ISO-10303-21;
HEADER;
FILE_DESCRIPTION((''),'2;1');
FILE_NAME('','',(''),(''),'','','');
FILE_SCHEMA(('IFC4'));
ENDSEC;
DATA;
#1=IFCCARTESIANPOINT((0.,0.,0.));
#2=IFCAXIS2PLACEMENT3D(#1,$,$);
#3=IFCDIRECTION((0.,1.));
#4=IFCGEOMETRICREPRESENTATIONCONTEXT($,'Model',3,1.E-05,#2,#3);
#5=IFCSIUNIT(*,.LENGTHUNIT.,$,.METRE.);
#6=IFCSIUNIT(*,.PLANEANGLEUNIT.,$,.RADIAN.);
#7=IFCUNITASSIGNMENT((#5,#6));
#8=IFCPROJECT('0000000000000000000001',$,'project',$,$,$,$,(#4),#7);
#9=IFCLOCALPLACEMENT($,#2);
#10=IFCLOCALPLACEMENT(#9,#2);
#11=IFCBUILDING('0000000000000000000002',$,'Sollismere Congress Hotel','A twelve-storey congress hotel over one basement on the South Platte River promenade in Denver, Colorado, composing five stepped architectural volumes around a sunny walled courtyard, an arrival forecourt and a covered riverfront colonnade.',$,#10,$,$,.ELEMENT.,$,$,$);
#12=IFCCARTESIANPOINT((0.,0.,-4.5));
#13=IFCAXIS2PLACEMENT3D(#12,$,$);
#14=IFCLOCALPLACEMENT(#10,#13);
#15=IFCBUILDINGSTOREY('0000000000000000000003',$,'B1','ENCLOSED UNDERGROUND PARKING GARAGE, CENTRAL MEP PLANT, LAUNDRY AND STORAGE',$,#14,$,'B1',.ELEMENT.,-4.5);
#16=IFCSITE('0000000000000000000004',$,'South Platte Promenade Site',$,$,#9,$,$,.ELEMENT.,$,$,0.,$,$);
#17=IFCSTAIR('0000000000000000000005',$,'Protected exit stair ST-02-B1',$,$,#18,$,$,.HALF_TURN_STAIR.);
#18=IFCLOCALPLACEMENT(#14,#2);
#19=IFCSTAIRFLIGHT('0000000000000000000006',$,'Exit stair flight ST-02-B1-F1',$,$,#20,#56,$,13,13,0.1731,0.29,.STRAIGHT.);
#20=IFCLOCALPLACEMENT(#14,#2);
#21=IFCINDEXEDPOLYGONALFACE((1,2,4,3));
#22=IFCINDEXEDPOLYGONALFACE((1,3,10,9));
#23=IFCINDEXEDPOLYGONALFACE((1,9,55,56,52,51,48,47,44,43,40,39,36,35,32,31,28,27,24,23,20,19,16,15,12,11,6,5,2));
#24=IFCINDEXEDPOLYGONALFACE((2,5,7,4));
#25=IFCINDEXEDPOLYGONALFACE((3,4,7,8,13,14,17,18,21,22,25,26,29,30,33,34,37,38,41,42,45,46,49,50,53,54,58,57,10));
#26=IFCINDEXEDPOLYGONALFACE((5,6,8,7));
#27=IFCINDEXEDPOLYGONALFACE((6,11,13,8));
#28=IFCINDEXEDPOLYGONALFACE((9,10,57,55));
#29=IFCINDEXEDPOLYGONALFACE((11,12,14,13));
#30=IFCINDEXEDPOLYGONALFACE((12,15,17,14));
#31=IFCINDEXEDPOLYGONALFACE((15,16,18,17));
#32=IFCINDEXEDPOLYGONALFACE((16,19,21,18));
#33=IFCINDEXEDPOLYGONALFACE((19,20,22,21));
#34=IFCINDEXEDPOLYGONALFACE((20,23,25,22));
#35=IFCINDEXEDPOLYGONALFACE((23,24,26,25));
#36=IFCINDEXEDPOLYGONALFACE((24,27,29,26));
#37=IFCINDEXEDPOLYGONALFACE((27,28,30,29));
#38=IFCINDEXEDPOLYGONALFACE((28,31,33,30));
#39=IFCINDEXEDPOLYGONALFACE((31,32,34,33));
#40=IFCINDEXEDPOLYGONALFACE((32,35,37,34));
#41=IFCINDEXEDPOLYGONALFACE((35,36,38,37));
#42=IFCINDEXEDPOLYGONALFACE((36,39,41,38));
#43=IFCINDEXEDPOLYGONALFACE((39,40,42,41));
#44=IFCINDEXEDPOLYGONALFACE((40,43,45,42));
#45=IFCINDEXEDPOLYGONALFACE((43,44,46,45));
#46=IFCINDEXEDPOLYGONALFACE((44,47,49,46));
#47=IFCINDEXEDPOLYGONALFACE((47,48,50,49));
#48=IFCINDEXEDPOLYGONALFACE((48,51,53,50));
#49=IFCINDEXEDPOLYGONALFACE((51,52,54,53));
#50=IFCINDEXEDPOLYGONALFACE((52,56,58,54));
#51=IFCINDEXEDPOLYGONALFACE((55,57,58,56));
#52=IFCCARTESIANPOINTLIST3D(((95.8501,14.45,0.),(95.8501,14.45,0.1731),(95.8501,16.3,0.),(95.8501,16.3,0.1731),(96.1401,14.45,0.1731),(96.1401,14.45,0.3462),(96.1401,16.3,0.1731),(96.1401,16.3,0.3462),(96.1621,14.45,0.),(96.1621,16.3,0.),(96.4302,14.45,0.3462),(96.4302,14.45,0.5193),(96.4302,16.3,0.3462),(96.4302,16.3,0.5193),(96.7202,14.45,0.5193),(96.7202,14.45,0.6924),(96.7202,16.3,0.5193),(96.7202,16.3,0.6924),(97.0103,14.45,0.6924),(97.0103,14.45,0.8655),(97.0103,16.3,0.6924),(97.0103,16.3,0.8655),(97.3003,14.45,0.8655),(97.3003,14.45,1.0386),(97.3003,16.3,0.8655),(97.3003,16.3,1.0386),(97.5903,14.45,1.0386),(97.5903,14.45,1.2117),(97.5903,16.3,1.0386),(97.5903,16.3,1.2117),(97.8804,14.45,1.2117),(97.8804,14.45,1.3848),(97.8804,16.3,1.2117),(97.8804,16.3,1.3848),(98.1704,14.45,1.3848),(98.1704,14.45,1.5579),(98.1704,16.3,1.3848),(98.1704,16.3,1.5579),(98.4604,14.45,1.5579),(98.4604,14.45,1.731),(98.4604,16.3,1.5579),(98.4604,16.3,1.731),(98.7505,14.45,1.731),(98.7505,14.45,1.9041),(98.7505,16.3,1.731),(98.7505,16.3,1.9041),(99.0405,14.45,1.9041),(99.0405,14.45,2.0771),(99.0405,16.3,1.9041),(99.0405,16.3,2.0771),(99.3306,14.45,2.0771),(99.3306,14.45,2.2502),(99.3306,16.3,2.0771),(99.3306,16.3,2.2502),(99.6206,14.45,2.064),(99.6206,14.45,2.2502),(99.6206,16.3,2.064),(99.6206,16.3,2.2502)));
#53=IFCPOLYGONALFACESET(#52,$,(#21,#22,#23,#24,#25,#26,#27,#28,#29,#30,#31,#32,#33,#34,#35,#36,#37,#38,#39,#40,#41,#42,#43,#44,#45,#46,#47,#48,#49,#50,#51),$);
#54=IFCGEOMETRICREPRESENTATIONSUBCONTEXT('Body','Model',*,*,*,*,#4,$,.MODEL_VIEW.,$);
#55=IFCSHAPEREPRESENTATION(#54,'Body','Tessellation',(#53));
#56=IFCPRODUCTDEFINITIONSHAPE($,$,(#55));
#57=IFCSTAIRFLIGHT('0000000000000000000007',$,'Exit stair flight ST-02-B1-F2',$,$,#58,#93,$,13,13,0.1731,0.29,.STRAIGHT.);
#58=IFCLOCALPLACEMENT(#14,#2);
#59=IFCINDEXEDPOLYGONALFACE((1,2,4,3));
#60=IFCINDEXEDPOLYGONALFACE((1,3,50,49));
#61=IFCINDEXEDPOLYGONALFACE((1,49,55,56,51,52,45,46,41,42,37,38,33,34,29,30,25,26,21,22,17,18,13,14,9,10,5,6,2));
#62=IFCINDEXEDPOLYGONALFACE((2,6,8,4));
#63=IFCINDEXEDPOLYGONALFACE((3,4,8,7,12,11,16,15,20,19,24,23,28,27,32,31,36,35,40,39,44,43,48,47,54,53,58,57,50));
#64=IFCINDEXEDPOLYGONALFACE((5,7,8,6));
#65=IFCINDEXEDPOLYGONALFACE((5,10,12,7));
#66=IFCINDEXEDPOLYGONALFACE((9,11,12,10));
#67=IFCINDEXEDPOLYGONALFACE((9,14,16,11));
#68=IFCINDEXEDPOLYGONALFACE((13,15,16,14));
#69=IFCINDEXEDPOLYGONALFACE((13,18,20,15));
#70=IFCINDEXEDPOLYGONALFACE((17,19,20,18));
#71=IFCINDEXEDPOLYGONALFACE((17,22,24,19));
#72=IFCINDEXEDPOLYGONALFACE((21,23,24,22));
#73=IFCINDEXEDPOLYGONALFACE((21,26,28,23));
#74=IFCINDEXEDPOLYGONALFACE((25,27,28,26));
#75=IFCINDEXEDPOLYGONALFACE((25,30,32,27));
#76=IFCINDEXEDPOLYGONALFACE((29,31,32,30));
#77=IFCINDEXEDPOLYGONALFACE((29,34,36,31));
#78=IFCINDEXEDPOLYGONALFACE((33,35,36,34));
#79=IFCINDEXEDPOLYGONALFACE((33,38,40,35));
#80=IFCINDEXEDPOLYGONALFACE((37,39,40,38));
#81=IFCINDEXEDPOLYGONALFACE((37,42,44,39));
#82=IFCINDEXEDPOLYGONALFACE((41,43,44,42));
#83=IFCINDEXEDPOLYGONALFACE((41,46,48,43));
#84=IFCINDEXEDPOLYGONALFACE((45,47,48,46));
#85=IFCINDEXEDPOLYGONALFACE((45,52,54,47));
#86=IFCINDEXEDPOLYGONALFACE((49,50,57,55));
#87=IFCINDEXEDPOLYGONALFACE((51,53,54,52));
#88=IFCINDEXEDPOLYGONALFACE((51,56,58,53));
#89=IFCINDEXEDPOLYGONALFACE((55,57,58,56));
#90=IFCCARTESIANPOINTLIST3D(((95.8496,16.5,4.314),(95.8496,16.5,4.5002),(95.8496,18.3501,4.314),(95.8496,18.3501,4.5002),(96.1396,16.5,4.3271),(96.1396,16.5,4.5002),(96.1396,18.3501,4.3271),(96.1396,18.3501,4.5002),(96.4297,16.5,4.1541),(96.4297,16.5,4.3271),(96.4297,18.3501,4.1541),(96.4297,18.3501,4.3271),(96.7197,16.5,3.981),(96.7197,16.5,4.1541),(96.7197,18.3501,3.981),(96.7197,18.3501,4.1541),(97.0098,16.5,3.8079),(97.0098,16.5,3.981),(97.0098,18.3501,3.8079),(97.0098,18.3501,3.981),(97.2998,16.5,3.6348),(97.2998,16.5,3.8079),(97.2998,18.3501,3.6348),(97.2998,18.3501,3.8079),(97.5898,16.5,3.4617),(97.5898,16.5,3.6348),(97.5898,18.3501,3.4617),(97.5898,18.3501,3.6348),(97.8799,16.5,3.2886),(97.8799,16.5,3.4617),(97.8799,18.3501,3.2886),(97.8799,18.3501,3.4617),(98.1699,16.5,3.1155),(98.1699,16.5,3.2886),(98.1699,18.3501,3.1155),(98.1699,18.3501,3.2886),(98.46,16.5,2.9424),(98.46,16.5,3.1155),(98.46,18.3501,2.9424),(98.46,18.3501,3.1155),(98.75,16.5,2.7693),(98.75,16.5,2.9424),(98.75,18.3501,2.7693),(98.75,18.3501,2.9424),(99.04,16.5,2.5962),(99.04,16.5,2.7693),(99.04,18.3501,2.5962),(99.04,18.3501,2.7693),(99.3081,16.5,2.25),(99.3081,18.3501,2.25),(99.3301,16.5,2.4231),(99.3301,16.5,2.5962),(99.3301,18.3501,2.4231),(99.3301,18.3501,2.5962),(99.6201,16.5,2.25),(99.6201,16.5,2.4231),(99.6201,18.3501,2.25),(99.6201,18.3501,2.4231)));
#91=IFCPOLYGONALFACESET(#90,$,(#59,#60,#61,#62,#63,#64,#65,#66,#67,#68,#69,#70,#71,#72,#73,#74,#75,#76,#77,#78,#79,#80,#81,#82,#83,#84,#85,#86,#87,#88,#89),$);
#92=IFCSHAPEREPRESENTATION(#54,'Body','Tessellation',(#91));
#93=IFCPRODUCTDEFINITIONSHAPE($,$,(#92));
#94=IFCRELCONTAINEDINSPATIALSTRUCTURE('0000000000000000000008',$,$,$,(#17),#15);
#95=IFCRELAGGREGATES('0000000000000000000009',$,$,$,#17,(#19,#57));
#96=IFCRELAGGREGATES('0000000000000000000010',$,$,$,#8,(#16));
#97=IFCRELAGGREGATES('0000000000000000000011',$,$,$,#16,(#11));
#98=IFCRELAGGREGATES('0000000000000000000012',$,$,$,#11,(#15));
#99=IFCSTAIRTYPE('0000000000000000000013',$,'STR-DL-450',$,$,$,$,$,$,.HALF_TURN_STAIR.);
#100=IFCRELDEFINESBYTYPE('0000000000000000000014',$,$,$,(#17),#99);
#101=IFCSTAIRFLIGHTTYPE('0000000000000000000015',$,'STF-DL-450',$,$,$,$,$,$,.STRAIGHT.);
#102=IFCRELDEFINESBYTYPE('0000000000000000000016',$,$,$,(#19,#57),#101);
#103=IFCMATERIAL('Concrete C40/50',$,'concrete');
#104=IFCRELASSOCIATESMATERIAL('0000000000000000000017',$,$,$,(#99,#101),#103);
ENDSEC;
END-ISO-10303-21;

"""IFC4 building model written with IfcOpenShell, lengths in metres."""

from ifc_helpers import new_model, si_unit, direction, frame, origin, place, context, subcontext, project, spatial, polyline, outline, extrude, material, type_object, element, aggregate, save


model = new_model("IFC4")

# Units and contexts
model_context = context("Model", 3, precision=1e-05, world=origin(), true_north=direction((0.0, 1.0)))
body_context = subcontext(model_context, "Body", "Model", "MODEL_VIEW")
ifc_project = project(units=[si_unit("LENGTHUNIT", "METRE"), si_unit("PLANEANGLEUNIT", "RADIAN")], contexts=[model_context])

# Site, building, storey
site_placement = place(None, origin())
site = spatial("IfcSite", under=ifc_project, at=site_placement, Name="South Platte Promenade Site", CompositionType="ELEMENT", RefElevation=0.0)
building_placement = place(site_placement, origin())
building = spatial("IfcBuilding", under=site, at=building_placement, Name="Sollismere Congress Hotel", Description="A twelve-storey congress hotel over one basement on the South Platte River promenade in Denver, Colorado, composing five stepped architectural volumes around a sunny walled courtyard, an arrival forecourt and a covered riverfront colonnade.", CompositionType="ELEMENT")
storey_placement = place(building_placement, frame((0.0, 0.0, -4.5)))
storey = spatial("IfcBuildingStorey", under=building, at=storey_placement, Name="B1", Description="ENCLOSED UNDERGROUND PARKING GARAGE, CENTRAL MEP PLANT, LAUNDRY AND STORAGE", LongName="B1", CompositionType="ELEMENT", Elevation=-4.5)

# Shared definitions
ifc_material_1 = material(Name="Concrete C40/50", Category="concrete")

# Stair, stair flights
stair_type = type_object("IfcStairType", Name="STR-DL-450", PredefinedType="HALF_TURN_STAIR", material=ifc_material_1)
stair_placement = place(storey_placement, origin())
stair = element("IfcStair", 1, at=stair_placement, inside=storey, type_object=stair_type, Name="Protected exit stair ST-02-B1", PredefinedType="HALF_TURN_STAIR")
stair_flight_type = type_object("IfcStairFlightType", Name="STF-DL-450", PredefinedType="STRAIGHT", material=ifc_material_1)
stair_flight_1_placement = place(storey_placement, frame((95.8501, 15.375, 0.0), z_axis=(0.0, 0.0, 1.0), x_axis=(1.0, 0.0, 0.0)))
stair_flight_1 = element("IfcStairFlight", 2, at=stair_flight_1_placement, type_object=stair_flight_type, Name="Exit stair flight ST-02-B1-F1", NumberOfRisers=13, NumberOfTreads=13, PredefinedType="STRAIGHT", RiserHeight=0.1731, TreadLength=0.29, context=body_context, shape_type="SweptSolid", body=[
    extrude(outline(polyline([(0.0, 0.0), (0.0, 0.1731), (0.29, 0.1731), (0.29, 0.3462), (0.5801, 0.3462), (0.5801, 0.5193), (0.8701, 0.5193), (0.8701, 0.6924), (1.1602, 0.6924), (1.1602, 0.8655), (1.4502, 0.8655), (1.4502, 1.0386), (1.7402, 1.0386), (1.7402, 1.2117), (2.0303, 1.2117), (2.0303, 1.3848), (2.3203, 1.3848), (2.3203, 1.5579), (2.6104, 1.5579), (2.6104, 1.731), (2.9004, 1.731), (2.9004, 1.9041), (3.1904, 1.9041), (3.1904, 2.0771), (3.4805, 2.0771), (3.4805, 2.2502), (3.7705, 2.2502), (3.7705, 2.064), (0.312, 0.0), (0.0, 0.0)])), frame((0.0, 0.925, 0.0), z_axis=(0.0, -1.0, 0.0), x_axis=(1.0, 0.0, 0.0)), (0.0, 0.0, 1.0), 1.8501),
])
stair_flight_2_placement = place(storey_placement, frame((99.6201, 17.425, 2.25), z_axis=(0.0, 0.0, 1.0), x_axis=(-1.0, 0.0, 0.0)))
stair_flight_2 = element("IfcStairFlight", 3, at=stair_flight_2_placement, type_object=stair_flight_type, Name="Exit stair flight ST-02-B1-F2", NumberOfRisers=13, NumberOfTreads=13, PredefinedType="STRAIGHT", RiserHeight=0.1731, TreadLength=0.29, context=body_context, shape_type="SweptSolid", body=[
    extrude(outline(polyline([(0.0, 0.0), (0.0, 0.1731), (0.29, 0.1731), (0.29, 0.3462), (0.5801, 0.3462), (0.5801, 0.5193), (0.8701, 0.5193), (0.8701, 0.6924), (1.1602, 0.6924), (1.1602, 0.8655), (1.4502, 0.8655), (1.4502, 1.0386), (1.7402, 1.0386), (1.7402, 1.2117), (2.0303, 1.2117), (2.0303, 1.3848), (2.3203, 1.3848), (2.3203, 1.5579), (2.6104, 1.5579), (2.6104, 1.731), (2.9004, 1.731), (2.9004, 1.9041), (3.1904, 1.9041), (3.1904, 2.0771), (3.4805, 2.0771), (3.4805, 2.2502), (3.7705, 2.2502), (3.7705, 2.064), (0.312, 0.0), (0.0, 0.0)])), frame((0.0, 0.925, 0.0), z_axis=(0.0, -1.0, 0.0), x_axis=(1.0, 0.0, 0.0)), (0.0, 0.0, 1.0), 1.8501),
])
aggregate(stair, [stair_flight_1, stair_flight_2])

save(model, "model.ifc")
